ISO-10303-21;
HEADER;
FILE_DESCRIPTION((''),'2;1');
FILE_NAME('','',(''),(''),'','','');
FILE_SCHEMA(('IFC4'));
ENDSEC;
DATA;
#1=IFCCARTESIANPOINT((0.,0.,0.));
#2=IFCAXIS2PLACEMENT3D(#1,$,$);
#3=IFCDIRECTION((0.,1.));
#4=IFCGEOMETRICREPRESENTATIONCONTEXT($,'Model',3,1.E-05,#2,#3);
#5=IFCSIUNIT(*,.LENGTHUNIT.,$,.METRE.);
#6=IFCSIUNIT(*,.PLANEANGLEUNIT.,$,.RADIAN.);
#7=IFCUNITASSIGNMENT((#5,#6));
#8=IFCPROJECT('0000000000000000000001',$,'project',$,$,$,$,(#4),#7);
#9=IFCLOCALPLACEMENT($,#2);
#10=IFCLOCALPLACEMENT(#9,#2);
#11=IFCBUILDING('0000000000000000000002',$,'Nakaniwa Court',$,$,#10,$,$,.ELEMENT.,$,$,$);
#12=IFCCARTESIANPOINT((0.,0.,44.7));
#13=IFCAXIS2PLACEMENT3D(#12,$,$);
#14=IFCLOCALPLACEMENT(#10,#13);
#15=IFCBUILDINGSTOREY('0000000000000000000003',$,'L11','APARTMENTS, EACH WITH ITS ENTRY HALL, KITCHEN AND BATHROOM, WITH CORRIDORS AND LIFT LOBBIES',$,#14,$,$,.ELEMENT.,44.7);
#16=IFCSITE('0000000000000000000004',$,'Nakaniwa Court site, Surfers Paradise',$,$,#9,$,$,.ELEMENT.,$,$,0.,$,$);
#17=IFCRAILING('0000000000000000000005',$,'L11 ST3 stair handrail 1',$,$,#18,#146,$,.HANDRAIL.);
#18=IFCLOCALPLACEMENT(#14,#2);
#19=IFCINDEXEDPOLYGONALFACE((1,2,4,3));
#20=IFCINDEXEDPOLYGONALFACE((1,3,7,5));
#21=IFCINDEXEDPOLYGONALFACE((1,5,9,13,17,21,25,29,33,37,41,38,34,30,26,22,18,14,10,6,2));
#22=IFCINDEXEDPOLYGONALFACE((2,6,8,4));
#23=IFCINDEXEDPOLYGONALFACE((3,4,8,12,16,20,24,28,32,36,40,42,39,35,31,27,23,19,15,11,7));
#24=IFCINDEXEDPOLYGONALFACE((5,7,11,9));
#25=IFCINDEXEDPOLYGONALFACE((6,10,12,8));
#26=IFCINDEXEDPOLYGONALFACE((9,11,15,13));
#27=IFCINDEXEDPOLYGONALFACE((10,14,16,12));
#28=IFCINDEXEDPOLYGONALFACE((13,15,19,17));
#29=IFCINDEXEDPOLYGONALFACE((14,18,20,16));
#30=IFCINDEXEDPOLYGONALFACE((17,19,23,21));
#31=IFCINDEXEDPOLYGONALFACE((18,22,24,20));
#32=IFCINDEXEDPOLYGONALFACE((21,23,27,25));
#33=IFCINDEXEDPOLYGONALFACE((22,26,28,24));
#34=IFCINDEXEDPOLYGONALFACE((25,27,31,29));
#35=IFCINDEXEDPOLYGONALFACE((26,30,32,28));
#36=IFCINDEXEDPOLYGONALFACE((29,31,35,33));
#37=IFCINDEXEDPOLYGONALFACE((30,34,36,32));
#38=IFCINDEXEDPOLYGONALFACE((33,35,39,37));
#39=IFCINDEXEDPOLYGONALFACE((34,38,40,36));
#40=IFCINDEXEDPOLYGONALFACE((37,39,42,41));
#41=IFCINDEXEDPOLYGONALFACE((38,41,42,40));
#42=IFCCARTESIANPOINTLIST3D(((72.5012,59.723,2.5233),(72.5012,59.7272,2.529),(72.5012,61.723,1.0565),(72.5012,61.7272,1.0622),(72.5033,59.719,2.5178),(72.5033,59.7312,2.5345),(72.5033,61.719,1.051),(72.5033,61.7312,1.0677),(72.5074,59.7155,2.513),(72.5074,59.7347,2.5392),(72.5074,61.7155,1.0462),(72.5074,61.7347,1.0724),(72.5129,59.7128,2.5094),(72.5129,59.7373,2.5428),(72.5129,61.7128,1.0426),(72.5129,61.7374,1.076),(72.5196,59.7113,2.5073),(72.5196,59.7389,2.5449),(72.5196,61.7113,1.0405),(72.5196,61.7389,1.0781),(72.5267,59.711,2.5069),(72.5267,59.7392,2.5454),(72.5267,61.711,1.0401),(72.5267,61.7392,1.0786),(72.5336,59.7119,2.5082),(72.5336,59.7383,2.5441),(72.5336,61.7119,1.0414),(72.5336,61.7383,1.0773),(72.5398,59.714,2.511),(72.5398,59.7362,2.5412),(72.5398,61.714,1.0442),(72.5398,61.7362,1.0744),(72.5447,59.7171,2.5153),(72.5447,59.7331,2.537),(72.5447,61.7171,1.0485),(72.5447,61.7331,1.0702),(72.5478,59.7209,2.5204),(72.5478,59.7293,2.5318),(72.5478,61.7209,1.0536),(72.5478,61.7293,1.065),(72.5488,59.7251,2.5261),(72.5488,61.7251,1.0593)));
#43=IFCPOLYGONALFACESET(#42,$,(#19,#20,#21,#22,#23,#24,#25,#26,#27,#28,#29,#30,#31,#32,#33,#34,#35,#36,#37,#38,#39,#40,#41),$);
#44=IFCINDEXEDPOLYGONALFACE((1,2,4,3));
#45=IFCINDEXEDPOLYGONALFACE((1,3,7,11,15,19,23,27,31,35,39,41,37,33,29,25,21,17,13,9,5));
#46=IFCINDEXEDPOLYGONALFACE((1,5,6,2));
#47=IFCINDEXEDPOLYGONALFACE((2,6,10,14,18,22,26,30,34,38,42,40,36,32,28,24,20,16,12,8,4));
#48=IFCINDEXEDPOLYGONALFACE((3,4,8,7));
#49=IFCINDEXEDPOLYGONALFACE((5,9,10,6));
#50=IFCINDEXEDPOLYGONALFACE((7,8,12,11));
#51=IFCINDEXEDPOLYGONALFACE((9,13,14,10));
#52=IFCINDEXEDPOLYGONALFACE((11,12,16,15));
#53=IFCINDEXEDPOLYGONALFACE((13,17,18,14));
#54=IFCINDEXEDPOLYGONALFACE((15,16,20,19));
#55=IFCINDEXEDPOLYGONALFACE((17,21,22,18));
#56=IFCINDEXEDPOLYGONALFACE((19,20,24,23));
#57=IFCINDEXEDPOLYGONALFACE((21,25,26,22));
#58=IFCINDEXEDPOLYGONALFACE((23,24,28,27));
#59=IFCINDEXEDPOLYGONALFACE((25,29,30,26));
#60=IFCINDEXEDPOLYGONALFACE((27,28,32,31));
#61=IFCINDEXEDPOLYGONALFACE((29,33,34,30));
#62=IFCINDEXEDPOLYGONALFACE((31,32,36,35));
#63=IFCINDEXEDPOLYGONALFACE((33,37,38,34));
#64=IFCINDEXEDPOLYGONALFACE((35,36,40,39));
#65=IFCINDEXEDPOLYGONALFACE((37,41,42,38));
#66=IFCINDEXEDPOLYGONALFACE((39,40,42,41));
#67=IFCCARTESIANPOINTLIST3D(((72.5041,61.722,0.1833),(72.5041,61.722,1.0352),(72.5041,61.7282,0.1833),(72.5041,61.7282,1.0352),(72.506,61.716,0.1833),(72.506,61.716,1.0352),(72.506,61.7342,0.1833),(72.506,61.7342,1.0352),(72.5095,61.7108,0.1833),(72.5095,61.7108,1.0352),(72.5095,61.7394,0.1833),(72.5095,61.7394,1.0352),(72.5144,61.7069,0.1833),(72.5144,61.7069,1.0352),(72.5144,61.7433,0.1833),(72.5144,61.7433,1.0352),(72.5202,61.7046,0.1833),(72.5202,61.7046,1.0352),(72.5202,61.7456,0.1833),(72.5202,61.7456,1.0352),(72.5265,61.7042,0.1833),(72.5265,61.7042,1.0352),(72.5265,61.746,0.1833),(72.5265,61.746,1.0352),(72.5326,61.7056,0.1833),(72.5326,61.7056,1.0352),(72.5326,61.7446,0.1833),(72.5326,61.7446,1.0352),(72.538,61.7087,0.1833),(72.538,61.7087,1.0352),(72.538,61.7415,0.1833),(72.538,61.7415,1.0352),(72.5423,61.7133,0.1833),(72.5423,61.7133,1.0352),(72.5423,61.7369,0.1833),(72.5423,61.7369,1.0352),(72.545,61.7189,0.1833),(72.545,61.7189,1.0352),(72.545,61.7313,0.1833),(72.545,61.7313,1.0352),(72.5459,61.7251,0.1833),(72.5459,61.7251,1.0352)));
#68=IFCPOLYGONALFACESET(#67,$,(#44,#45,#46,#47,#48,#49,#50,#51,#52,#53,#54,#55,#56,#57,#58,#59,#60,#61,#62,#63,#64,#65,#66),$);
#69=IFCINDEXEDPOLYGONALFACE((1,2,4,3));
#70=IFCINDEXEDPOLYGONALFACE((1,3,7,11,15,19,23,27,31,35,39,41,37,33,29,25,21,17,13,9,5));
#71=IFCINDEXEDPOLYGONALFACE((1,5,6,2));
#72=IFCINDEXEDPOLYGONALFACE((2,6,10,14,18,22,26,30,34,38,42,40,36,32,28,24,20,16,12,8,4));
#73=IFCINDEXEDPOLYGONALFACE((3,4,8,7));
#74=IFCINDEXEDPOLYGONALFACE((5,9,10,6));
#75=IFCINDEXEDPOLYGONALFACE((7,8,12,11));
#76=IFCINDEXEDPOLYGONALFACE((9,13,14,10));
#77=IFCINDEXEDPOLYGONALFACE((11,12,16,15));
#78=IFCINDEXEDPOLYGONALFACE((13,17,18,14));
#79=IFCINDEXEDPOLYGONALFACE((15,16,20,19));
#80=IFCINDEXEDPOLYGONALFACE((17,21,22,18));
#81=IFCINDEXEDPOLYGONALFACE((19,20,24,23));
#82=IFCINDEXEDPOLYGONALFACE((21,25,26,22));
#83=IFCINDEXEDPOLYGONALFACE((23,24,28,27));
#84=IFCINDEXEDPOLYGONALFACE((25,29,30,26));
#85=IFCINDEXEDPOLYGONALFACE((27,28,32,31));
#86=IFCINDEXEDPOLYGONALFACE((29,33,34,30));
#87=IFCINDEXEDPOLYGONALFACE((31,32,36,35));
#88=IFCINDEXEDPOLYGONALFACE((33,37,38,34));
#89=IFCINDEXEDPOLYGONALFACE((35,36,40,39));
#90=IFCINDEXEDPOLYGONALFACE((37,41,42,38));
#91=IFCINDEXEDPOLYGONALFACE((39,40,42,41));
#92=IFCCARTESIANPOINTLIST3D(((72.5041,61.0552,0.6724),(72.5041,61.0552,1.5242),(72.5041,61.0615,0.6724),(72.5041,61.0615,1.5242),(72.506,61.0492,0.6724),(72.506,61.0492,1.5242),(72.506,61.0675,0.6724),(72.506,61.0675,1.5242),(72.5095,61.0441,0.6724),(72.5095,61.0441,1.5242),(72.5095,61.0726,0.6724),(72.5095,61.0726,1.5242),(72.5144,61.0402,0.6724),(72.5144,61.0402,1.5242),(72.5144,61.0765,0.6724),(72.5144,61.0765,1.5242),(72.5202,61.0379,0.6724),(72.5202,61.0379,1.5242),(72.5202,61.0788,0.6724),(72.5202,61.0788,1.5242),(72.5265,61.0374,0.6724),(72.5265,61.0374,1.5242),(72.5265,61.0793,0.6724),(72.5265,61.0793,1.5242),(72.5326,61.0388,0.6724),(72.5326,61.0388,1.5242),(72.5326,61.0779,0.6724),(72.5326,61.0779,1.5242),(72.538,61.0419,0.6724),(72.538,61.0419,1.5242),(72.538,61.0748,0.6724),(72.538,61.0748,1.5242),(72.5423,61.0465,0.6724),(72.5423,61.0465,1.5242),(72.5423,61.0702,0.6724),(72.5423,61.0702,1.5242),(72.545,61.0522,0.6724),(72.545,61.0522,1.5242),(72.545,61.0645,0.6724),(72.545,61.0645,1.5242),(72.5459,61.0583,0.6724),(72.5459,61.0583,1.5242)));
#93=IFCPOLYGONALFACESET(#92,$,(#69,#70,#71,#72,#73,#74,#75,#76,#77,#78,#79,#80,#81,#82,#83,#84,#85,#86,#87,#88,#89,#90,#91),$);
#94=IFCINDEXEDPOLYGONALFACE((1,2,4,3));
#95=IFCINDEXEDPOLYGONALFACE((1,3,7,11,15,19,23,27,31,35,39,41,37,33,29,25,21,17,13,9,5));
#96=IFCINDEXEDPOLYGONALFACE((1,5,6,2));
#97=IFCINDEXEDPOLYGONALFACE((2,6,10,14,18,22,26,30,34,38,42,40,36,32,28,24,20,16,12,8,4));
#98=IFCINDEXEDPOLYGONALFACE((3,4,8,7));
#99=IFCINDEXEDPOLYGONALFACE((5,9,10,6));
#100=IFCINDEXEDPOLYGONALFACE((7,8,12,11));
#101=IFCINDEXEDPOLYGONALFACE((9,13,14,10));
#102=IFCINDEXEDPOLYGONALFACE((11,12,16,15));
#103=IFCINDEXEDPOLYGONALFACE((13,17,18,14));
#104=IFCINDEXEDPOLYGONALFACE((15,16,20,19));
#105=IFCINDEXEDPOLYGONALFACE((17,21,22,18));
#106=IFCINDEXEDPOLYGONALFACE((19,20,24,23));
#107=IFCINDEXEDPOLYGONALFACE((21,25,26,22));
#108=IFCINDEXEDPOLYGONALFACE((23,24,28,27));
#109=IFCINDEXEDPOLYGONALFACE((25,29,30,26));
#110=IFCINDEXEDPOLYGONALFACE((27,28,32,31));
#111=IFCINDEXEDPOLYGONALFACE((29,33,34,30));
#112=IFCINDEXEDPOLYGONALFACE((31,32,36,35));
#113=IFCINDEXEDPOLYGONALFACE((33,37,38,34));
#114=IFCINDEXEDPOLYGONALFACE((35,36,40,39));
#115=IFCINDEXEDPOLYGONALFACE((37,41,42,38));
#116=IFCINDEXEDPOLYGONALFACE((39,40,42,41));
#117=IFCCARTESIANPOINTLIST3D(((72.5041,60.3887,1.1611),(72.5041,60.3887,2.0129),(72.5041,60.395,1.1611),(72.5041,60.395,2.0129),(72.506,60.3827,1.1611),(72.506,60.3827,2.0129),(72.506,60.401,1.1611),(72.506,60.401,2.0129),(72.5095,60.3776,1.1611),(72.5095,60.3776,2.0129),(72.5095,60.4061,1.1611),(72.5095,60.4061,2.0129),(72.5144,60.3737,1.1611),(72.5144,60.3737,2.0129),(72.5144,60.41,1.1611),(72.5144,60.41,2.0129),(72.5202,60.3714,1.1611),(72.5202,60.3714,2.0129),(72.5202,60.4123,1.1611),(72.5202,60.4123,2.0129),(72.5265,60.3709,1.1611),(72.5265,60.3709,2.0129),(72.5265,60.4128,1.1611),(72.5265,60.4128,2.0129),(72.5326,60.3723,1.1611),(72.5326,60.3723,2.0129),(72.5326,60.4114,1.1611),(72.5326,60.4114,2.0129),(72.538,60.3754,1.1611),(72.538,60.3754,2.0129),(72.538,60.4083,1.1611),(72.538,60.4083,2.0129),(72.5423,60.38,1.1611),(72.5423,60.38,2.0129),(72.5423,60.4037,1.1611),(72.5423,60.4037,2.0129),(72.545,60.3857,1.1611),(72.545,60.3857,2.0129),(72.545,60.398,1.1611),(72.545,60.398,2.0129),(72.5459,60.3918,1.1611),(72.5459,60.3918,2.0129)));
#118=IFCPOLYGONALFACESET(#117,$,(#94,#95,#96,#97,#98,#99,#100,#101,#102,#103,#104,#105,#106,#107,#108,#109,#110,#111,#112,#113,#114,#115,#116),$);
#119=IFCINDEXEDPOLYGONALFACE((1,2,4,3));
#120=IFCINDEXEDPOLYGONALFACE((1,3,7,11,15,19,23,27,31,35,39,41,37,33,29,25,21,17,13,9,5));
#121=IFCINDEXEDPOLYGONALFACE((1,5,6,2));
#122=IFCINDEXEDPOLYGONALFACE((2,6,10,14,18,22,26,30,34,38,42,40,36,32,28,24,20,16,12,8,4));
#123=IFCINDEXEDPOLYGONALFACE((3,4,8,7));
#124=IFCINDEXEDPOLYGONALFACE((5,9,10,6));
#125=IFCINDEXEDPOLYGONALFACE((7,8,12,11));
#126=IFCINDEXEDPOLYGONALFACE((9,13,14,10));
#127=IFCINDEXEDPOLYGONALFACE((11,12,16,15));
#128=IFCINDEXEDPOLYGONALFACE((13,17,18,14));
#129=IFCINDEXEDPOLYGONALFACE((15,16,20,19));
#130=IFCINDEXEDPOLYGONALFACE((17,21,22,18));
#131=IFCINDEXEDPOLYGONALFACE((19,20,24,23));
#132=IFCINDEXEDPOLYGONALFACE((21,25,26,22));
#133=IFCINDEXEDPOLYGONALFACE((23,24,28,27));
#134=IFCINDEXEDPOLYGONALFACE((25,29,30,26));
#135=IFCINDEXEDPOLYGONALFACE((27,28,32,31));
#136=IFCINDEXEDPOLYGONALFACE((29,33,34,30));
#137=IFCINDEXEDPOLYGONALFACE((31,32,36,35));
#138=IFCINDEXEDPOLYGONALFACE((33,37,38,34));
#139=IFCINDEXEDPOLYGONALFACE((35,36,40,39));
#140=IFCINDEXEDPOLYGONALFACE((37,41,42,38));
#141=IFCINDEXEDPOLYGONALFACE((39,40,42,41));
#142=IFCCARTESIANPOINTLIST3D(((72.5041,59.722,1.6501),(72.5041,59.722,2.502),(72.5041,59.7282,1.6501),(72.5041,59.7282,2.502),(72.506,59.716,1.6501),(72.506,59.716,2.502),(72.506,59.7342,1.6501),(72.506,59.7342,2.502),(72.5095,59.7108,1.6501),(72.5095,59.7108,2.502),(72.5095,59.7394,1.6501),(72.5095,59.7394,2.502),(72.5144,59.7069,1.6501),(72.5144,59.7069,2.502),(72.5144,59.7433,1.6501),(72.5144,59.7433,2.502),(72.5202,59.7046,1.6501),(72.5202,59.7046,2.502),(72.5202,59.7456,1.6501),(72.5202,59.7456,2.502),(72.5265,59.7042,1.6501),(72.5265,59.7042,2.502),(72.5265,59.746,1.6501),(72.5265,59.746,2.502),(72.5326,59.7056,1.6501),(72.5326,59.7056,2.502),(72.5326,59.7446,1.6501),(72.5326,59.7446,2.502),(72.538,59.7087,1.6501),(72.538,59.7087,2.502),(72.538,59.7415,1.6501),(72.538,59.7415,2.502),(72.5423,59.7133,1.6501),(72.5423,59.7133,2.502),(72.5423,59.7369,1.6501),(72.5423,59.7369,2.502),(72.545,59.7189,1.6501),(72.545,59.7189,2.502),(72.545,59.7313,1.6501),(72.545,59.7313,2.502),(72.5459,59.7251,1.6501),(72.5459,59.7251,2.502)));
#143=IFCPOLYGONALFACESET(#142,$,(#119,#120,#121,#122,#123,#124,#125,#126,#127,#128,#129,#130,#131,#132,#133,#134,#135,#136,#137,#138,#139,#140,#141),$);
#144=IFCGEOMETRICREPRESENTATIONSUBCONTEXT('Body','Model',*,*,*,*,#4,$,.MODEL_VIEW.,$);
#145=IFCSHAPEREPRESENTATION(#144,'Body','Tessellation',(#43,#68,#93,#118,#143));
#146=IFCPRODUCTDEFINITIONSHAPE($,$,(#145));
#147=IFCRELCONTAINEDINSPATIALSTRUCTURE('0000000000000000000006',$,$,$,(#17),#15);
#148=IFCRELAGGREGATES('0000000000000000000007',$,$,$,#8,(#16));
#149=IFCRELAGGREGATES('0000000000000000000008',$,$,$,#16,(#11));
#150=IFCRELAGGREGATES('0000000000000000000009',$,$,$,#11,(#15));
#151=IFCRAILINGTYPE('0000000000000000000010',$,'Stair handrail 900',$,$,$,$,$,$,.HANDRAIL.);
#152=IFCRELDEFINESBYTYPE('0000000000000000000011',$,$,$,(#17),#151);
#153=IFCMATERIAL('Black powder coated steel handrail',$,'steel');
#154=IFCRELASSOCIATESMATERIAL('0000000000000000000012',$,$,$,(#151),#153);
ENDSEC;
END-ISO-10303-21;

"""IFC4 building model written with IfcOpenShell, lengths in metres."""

from ifc_helpers import new_model, si_unit, direction, frame, origin, origin_2d, place, context, subcontext, project, spatial, circle, extrude, material, type_object, element, save


model = new_model("IFC4")

# Units and contexts
model_context = context("Model", 3, precision=1e-05, world=origin(), true_north=direction((0.0, 1.0)))
body_context = subcontext(model_context, "Body", "Model", "MODEL_VIEW")
ifc_project = project(units=[si_unit("LENGTHUNIT", "METRE"), si_unit("PLANEANGLEUNIT", "RADIAN")], contexts=[model_context])

# Site, building, storey
site_placement = place(None, origin())
site = spatial("IfcSite", under=ifc_project, at=site_placement, Name="Nakaniwa Court site, Surfers Paradise", CompositionType="ELEMENT", RefElevation=0.0)
building_placement = place(site_placement, origin())
building = spatial("IfcBuilding", under=site, at=building_placement, Name="Nakaniwa Court", CompositionType="ELEMENT")
storey_placement = place(building_placement, frame((0.0, 0.0, 44.7)))
storey = spatial("IfcBuildingStorey", under=building, at=storey_placement, Name="L11", Description="APARTMENTS, EACH WITH ITS ENTRY HALL, KITCHEN AND BATHROOM, WITH CORRIDORS AND LIFT LOBBIES", CompositionType="ELEMENT", Elevation=44.7)

# Railing
ifc_material_1 = material(Name="Black powder coated steel handrail", Category="steel")
railing_type_1 = type_object("IfcRailingType", Name="Stair handrail 900", PredefinedType="HANDRAIL", material=ifc_material_1)
railing_1_placement = place(storey_placement, frame((72.5249, 61.7251, 0.1833)))
element("IfcRailing", 1, at=railing_1_placement, inside=storey, type_object=railing_type_1, Name="L11 ST3 stair handrail 1", PredefinedType="HANDRAIL", context=body_context, shape_type="SweptSolid", body=[
    extrude(circle(Radius=0.0239, at=origin_2d()), frame((0.0, 0.0, 0.876), z_axis=(0.0, -0.80638, 0.591398), x_axis=(1.0, 0.0, 0.0)), (0.0, 0.0, 1.0), 2.4802),
    extrude(circle(Radius=0.021, at=origin_2d()), origin(), (0.0, 0.0, 1.0), 0.8518),
    extrude(circle(Radius=0.021, at=origin_2d()), frame((0.0, -0.6667, 0.489)), (0.0, 0.0, 1.0), 0.8518),
    extrude(circle(Radius=0.021, at=origin_2d()), frame((0.0, -1.3333, 0.9778)), (0.0, 0.0, 1.0), 0.8518),
    extrude(circle(Radius=0.021, at=origin_2d()), frame((0.0, -2.0, 1.4668)), (0.0, 0.0, 1.0), 0.8518),
])

save(model, "model.ifc")
